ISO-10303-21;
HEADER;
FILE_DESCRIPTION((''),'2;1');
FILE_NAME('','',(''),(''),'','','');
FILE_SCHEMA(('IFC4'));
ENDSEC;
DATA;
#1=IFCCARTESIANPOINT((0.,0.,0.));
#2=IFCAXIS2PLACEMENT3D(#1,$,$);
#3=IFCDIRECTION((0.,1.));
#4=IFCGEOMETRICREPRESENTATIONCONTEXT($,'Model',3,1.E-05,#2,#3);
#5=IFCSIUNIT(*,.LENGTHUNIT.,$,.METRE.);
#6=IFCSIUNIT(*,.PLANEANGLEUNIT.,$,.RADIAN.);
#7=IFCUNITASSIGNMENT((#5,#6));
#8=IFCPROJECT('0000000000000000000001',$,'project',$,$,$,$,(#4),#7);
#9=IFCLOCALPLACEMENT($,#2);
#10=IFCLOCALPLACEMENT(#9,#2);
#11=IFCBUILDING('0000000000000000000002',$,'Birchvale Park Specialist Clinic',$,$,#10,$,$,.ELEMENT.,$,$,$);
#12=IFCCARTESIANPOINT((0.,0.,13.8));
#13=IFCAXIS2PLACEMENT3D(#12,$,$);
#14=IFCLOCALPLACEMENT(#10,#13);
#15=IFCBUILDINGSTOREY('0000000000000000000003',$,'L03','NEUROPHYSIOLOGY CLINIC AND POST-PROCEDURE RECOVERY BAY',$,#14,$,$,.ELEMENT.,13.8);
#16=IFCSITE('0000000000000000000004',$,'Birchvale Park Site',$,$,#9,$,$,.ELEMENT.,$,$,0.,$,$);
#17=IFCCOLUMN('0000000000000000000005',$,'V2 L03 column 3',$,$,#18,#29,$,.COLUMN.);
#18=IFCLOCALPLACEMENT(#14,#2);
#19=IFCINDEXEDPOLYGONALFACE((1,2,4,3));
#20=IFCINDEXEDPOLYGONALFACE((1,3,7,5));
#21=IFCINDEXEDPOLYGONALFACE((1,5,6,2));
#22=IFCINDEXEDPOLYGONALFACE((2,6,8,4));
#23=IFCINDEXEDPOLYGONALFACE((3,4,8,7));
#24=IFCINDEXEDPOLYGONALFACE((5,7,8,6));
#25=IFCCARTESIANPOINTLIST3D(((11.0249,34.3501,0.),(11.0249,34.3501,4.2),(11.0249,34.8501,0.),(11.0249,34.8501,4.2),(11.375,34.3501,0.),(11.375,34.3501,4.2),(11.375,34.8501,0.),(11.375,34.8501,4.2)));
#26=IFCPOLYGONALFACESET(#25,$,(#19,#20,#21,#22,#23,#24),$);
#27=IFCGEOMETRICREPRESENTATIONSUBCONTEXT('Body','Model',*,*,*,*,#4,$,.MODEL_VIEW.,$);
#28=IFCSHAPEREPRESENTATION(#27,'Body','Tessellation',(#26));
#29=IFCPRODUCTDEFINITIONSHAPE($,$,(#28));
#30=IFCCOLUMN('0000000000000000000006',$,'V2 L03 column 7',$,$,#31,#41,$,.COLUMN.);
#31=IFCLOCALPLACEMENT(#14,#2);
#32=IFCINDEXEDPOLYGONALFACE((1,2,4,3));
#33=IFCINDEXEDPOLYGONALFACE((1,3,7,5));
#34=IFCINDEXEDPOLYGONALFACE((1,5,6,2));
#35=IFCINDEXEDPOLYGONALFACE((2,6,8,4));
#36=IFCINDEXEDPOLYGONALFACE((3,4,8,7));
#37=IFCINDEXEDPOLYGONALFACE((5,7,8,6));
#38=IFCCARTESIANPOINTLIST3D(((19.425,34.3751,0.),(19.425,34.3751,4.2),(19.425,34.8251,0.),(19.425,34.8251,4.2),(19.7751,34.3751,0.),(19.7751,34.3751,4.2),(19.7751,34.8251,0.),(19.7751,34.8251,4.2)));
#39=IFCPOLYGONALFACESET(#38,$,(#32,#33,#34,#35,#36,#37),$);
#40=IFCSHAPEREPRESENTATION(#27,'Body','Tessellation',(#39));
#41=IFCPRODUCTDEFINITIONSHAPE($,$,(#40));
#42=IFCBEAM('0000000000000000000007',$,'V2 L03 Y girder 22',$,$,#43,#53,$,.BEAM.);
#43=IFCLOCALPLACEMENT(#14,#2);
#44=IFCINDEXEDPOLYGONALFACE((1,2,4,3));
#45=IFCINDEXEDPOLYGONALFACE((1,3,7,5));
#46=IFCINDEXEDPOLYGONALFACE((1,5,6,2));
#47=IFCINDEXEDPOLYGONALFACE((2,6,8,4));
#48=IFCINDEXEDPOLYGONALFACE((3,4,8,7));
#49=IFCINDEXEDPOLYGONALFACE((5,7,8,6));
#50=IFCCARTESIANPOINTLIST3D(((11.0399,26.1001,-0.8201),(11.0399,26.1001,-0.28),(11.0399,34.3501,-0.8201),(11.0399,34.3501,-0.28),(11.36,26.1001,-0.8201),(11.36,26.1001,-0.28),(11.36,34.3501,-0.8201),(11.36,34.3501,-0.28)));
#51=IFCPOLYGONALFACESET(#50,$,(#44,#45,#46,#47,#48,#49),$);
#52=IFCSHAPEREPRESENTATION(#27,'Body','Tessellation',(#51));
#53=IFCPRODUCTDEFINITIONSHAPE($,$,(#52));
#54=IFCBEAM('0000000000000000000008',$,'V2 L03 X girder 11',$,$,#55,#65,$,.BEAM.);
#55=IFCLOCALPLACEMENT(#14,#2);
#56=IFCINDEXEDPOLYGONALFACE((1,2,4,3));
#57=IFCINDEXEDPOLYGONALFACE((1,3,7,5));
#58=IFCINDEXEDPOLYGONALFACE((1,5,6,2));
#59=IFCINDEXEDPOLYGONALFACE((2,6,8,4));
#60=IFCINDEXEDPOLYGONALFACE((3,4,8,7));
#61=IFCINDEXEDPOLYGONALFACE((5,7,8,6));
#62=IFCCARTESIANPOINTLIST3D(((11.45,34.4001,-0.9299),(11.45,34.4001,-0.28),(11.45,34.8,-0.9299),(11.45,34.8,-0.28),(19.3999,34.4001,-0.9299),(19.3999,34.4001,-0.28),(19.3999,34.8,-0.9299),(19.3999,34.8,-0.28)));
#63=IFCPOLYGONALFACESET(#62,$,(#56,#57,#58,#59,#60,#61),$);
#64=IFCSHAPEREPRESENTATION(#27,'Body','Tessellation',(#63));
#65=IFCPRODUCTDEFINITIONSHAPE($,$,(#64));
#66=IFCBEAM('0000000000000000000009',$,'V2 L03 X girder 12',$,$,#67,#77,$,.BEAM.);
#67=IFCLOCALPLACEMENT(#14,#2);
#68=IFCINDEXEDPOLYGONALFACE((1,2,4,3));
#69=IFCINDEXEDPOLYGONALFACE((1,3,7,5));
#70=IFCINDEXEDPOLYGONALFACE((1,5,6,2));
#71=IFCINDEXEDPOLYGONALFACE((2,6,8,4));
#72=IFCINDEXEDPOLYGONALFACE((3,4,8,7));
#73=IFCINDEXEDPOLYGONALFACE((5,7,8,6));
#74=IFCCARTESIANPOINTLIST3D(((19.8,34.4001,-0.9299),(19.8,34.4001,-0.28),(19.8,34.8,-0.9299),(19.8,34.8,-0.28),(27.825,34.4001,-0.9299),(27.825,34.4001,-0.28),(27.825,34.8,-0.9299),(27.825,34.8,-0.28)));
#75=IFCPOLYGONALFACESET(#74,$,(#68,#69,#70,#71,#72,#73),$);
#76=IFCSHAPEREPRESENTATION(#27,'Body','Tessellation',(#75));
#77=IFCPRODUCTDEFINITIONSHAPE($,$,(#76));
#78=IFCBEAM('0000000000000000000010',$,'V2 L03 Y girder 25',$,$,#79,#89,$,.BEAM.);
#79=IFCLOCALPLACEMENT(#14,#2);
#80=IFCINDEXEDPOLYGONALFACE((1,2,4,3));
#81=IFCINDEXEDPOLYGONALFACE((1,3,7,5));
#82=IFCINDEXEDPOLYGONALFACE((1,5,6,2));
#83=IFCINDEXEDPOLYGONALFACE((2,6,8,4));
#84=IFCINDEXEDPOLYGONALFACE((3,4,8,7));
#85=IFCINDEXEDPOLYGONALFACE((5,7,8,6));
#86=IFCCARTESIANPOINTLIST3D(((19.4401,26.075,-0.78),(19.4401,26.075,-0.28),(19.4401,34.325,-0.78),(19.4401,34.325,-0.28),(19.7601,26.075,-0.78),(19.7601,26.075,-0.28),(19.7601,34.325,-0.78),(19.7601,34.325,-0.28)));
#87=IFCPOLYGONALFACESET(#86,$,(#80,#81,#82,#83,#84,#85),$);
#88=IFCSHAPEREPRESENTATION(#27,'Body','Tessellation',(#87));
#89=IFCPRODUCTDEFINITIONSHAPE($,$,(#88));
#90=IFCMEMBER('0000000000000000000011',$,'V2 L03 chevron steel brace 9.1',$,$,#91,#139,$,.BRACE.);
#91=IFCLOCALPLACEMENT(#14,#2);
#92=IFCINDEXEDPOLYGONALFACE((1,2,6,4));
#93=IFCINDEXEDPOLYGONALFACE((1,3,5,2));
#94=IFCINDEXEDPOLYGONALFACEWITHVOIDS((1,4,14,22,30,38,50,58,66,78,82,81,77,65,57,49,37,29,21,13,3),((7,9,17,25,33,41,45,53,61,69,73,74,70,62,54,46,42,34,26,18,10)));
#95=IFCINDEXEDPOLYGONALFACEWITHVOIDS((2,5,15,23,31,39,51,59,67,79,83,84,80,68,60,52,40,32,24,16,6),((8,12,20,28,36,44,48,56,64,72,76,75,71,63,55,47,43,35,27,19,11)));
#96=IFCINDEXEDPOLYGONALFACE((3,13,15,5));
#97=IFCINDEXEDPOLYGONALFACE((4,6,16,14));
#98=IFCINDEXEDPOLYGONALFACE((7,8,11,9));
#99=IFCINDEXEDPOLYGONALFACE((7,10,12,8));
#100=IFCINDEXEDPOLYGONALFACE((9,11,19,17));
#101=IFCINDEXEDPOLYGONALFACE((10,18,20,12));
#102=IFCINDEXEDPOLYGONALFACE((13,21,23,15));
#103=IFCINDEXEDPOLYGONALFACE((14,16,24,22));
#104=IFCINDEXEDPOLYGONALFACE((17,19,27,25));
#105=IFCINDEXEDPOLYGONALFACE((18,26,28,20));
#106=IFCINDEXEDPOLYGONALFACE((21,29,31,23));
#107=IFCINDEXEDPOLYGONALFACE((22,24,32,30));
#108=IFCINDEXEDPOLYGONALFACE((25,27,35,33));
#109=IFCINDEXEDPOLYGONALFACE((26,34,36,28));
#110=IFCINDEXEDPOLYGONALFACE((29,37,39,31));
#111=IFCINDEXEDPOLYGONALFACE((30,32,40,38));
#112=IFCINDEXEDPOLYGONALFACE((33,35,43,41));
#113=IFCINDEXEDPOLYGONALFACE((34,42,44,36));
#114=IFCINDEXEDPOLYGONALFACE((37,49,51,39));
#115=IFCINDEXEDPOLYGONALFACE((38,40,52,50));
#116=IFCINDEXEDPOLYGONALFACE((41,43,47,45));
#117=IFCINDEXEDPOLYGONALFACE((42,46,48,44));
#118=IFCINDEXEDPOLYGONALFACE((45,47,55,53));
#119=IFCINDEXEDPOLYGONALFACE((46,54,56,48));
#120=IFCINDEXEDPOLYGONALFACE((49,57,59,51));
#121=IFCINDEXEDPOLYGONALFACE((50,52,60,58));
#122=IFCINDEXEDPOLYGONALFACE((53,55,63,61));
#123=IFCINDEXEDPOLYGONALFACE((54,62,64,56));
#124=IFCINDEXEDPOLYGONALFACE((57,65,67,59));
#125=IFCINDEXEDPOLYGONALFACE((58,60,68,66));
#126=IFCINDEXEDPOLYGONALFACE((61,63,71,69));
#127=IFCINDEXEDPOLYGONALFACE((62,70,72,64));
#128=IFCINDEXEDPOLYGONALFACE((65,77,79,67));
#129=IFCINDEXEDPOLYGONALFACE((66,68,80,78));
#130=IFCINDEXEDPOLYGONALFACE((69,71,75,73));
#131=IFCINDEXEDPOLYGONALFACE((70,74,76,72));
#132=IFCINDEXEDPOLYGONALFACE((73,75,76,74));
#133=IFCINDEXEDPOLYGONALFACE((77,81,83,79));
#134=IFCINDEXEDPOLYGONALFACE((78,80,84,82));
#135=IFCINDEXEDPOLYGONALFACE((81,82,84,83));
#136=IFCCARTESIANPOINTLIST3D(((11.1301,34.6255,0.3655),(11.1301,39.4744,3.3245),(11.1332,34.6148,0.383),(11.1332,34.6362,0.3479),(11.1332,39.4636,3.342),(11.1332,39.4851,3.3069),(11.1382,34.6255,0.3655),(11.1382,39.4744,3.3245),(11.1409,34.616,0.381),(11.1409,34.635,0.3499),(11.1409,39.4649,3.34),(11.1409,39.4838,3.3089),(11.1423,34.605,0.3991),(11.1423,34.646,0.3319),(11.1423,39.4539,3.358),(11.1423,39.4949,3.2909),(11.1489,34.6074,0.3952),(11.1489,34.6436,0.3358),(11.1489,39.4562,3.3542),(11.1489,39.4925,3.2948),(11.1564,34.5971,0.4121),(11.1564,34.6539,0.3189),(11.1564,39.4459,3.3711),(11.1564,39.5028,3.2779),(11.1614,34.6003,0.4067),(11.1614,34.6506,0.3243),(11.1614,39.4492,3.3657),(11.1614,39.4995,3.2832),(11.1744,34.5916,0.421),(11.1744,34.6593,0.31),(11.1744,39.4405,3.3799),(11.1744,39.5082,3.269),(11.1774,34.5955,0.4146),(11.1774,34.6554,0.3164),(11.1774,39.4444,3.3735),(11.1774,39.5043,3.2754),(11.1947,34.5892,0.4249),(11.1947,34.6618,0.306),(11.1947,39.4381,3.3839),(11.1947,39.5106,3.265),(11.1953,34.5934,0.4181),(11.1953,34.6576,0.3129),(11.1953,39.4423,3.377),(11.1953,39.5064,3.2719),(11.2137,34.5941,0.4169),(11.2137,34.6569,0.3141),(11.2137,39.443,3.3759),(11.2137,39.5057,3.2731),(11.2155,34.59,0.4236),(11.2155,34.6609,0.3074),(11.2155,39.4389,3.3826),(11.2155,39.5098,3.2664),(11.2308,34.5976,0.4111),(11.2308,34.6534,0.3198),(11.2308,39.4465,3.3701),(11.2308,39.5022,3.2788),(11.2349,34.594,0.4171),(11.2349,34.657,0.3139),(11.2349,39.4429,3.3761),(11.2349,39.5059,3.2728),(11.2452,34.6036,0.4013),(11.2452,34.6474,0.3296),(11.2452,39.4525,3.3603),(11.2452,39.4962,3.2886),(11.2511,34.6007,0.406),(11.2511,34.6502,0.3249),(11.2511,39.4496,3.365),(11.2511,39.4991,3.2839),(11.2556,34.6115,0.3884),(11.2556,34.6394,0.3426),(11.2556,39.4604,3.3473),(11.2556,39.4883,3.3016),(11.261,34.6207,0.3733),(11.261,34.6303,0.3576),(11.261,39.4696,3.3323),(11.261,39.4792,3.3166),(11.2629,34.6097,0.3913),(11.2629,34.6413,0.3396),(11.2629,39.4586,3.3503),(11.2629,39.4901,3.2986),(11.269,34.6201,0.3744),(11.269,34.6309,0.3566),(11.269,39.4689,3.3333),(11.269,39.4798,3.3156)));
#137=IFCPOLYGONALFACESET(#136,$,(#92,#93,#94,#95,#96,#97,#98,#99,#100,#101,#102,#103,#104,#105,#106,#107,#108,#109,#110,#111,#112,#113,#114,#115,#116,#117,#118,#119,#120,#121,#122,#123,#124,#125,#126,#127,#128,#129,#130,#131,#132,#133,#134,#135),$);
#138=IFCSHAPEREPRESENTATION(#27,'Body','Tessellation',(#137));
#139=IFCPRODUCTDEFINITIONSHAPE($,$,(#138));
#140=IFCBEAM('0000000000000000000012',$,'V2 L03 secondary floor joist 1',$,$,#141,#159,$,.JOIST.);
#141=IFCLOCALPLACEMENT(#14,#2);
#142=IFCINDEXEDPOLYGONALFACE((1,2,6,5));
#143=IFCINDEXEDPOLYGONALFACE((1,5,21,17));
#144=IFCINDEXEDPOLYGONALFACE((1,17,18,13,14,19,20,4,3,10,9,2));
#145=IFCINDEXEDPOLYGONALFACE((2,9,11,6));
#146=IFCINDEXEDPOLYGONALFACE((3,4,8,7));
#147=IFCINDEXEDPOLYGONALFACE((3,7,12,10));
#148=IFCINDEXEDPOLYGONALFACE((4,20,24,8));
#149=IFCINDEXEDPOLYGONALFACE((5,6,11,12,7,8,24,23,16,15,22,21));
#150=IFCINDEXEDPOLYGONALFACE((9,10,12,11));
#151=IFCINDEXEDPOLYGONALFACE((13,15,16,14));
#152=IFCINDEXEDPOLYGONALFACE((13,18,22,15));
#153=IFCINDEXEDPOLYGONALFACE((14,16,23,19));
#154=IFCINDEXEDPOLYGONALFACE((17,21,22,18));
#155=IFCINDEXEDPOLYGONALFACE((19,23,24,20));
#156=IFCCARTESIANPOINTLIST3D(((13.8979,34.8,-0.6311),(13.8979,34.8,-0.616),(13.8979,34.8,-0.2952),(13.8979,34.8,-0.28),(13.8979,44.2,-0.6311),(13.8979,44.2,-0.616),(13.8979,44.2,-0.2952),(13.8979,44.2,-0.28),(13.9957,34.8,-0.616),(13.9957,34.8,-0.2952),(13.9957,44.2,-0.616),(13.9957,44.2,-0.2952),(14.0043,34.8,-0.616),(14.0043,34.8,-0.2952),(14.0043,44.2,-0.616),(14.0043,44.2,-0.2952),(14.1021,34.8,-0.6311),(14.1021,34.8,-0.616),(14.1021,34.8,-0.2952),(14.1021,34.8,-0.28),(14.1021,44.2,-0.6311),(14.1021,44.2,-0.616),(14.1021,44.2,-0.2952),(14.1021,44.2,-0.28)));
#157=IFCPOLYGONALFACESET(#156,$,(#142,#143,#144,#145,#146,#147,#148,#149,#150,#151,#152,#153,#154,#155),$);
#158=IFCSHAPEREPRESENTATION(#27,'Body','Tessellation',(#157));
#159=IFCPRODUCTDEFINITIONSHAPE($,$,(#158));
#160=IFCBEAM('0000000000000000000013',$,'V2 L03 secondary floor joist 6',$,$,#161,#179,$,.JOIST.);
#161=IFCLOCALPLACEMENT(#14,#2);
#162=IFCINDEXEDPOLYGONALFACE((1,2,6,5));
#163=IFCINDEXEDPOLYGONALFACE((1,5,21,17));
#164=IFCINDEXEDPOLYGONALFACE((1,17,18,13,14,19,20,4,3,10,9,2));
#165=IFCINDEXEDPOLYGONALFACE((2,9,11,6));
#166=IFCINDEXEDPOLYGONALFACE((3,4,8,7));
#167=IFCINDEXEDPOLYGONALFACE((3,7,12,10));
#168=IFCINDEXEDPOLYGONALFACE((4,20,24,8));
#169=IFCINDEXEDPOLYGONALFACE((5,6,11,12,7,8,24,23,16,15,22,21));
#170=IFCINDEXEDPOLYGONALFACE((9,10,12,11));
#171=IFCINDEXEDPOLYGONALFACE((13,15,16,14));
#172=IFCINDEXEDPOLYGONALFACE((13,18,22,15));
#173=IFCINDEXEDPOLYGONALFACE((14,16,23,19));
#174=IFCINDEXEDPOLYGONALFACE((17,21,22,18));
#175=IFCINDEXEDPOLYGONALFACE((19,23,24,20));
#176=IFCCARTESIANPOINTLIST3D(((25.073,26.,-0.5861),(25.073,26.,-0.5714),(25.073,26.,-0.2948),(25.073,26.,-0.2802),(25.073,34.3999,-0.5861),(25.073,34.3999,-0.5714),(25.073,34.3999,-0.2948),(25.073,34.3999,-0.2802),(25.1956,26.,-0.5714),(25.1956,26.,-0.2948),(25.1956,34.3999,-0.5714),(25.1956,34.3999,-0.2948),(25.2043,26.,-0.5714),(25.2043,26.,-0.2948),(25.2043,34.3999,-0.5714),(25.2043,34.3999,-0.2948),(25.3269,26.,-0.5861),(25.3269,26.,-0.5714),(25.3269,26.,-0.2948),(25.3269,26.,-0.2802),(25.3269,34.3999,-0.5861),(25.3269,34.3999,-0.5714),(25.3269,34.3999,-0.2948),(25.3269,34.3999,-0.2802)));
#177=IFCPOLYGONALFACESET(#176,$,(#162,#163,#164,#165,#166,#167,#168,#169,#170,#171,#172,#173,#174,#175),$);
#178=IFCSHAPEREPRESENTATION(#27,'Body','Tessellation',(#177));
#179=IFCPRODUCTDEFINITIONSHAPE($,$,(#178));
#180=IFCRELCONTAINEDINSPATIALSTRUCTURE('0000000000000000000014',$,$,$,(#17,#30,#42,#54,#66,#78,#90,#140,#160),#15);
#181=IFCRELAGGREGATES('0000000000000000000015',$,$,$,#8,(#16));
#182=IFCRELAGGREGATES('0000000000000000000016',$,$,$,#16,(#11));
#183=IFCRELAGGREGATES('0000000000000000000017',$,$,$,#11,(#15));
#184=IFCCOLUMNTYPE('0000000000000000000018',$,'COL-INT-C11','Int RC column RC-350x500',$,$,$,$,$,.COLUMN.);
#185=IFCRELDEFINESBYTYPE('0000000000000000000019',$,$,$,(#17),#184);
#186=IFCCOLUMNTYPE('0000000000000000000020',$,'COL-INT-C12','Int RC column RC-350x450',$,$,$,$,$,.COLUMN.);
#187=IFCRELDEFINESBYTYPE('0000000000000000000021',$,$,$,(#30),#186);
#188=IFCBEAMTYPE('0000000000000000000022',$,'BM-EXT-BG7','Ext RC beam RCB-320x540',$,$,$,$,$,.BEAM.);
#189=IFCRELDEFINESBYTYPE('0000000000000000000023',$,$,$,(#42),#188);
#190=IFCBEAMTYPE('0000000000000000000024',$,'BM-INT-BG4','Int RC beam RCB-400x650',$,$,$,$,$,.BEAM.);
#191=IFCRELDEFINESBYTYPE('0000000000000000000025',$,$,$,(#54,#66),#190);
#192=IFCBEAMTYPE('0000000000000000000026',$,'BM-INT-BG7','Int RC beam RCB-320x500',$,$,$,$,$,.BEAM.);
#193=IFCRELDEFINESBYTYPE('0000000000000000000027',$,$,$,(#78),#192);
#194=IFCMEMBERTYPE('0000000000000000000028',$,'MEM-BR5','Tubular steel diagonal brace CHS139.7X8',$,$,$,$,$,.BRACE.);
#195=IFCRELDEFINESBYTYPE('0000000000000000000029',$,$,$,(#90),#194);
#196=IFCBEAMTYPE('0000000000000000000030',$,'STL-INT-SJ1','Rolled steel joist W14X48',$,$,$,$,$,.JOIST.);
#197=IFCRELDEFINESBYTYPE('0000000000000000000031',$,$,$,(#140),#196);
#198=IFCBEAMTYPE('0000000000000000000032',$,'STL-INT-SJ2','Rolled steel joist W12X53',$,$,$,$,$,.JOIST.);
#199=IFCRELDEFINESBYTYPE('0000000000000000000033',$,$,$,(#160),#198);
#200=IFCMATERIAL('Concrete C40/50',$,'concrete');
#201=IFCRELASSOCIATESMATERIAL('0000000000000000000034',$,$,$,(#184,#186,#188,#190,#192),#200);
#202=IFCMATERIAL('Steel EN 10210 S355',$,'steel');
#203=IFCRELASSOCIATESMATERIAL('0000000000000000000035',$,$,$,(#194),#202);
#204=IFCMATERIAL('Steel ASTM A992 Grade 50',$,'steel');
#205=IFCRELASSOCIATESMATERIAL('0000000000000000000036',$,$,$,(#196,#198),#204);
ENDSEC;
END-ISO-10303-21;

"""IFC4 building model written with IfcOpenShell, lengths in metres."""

from ifc_helpers import new_model, si_unit, direction, frame, origin, origin_2d, place, context, subcontext, project, spatial, rectangle, hollow_circle, i_section, extrude, material, material_profile, profile_set, type_object, element, save


model = new_model("IFC4")

# Units and contexts
model_context = context("Model", 3, precision=1e-05, world=origin(), true_north=direction((0.0, 1.0)))
body_context = subcontext(model_context, "Body", "Model", "MODEL_VIEW")
ifc_project = project(units=[si_unit("LENGTHUNIT", "METRE"), si_unit("PLANEANGLEUNIT", "RADIAN")], contexts=[model_context])

# Site, building, storey
site_placement = place(None, origin())
site = spatial("IfcSite", under=ifc_project, at=site_placement, Name="Birchvale Park Site", CompositionType="ELEMENT", RefElevation=0.0)
building_placement = place(site_placement, origin())
building = spatial("IfcBuilding", under=site, at=building_placement, Name="Birchvale Park Specialist Clinic", CompositionType="ELEMENT")
storey_placement = place(building_placement, frame((0.0, 0.0, 13.8)))
storey = spatial("IfcBuildingStorey", under=building, at=storey_placement, Name="L03", Description="NEUROPHYSIOLOGY CLINIC AND POST-PROCEDURE RECOVERY BAY", CompositionType="ELEMENT", Elevation=13.8)

# Columns
ifc_material_1 = material(Name="Concrete C40/50", Category="concrete")
ifc_material_profile_1 = material_profile(ifc_material_1, rectangle(XDim=0.3501, YDim=0.5, at=origin_2d()), Name="RC-350x500")
ifc_profile_set_1 = profile_set([ifc_material_profile_1], Name="Concrete C40/50")
column_type_1 = type_object("IfcColumnType", Name="COL-INT-C11", Description="Int RC column RC-350x500", PredefinedType="COLUMN", material=ifc_profile_set_1)
column_1_placement = place(storey_placement, frame((11.2, 34.6001, 0.0), z_axis=(0.0, 0.0, 1.0), x_axis=(1.0, 0.0, 0.0)))
element("IfcColumn", 1, at=column_1_placement, inside=storey, type_object=column_type_1, Name="V2 L03 column 3", PredefinedType="COLUMN", context=body_context, shape_type="SweptSolid", body=[
    extrude(rectangle(XDim=0.3501, YDim=0.5, at=origin_2d()), origin(), (0.0, 0.0, 1.0), 4.2),
])
ifc_material_profile_2 = material_profile(ifc_material_1, rectangle(XDim=0.3501, YDim=0.45, at=origin_2d()), Name="RC-350x450")
ifc_profile_set_2 = profile_set([ifc_material_profile_2], Name="Concrete C40/50")
column_type_2 = type_object("IfcColumnType", Name="COL-INT-C12", Description="Int RC column RC-350x450", PredefinedType="COLUMN", material=ifc_profile_set_2)
column_2_placement = place(storey_placement, frame((19.6001, 34.6001, 0.0), z_axis=(0.0, 0.0, 1.0), x_axis=(1.0, 0.0, 0.0)))
element("IfcColumn", 2, at=column_2_placement, inside=storey, type_object=column_type_2, Name="V2 L03 column 7", PredefinedType="COLUMN", context=body_context, shape_type="SweptSolid", body=[
    extrude(rectangle(XDim=0.3501, YDim=0.45, at=origin_2d()), origin(), (0.0, 0.0, 1.0), 4.2),
])

# Beams
ifc_material_profile_3 = material_profile(ifc_material_1, rectangle(XDim=0.3201, YDim=0.54, at=origin_2d()), Name="RCB-320x540")
ifc_profile_set_3 = profile_set([ifc_material_profile_3], Name="Concrete C40/50")
beam_type_1 = type_object("IfcBeamType", Name="BM-EXT-BG7", Description="Ext RC beam RCB-320x540", PredefinedType="BEAM", material=ifc_profile_set_3)
beam_1_placement = place(storey_placement, frame((11.2, 26.1001, -0.55), z_axis=(0.0, 1.0, 0.0), x_axis=(-1.0, 0.0, 0.0)))
element("IfcBeam", 3, at=beam_1_placement, inside=storey, type_object=beam_type_1, Name="V2 L03 Y girder 22", PredefinedType="BEAM", context=body_context, shape_type="SweptSolid", body=[
    extrude(rectangle(XDim=0.3201, YDim=0.54, at=origin_2d()), origin(), (0.0, 0.0, 1.0), 8.25),
])
ifc_material_profile_4 = material_profile(ifc_material_1, rectangle(XDim=0.3999, YDim=0.6499, at=origin_2d()), Name="RCB-400x650")
ifc_profile_set_4 = profile_set([ifc_material_profile_4], Name="Concrete C40/50")
beam_type_2 = type_object("IfcBeamType", Name="BM-INT-BG4", Description="Int RC beam RCB-400x650", PredefinedType="BEAM", material=ifc_profile_set_4)
beam_2_placement = place(storey_placement, frame((11.45, 34.6001, -0.605), z_axis=(1.0, 0.0, 0.0), x_axis=(0.0, 1.0, 0.0)))
element("IfcBeam", 4, at=beam_2_placement, inside=storey, type_object=beam_type_2, Name="V2 L03 X girder 11", PredefinedType="BEAM", context=body_context, shape_type="SweptSolid", body=[
    extrude(rectangle(XDim=0.3999, YDim=0.6499, at=origin_2d()), origin(), (0.0, 0.0, 1.0), 7.95),
])
beam_3_placement = place(storey_placement, frame((19.8, 34.6001, -0.605), z_axis=(1.0, 0.0, 0.0), x_axis=(0.0, 1.0, 0.0)))
element("IfcBeam", 5, at=beam_3_placement, inside=storey, type_object=beam_type_2, Name="V2 L03 X girder 12", PredefinedType="BEAM", context=body_context, shape_type="SweptSolid", body=[
    extrude(rectangle(XDim=0.3999, YDim=0.6499, at=origin_2d()), origin(), (0.0, 0.0, 1.0), 8.0249),
])
ifc_material_profile_5 = material_profile(ifc_material_1, rectangle(XDim=0.3201, YDim=0.5, at=origin_2d()), Name="RCB-320x500")
ifc_profile_set_5 = profile_set([ifc_material_profile_5], Name="Concrete C40/50")
beam_type_3 = type_object("IfcBeamType", Name="BM-INT-BG7", Description="Int RC beam RCB-320x500", PredefinedType="BEAM", material=ifc_profile_set_5)
beam_4_placement = place(storey_placement, frame((19.6001, 26.075, -0.53), z_axis=(0.0, 1.0, 0.0), x_axis=(-1.0, 0.0, 0.0)))
element("IfcBeam", 6, at=beam_4_placement, inside=storey, type_object=beam_type_3, Name="V2 L03 Y girder 25", PredefinedType="BEAM", context=body_context, shape_type="SweptSolid", body=[
    extrude(rectangle(XDim=0.3201, YDim=0.5, at=origin_2d()), origin(), (0.0, 0.0, 1.0), 8.25),
])

# Member
ifc_material_2 = material(Name="Steel EN 10210 S355", Category="steel")
ifc_material_profile_6 = material_profile(ifc_material_2, hollow_circle(Radius=0.0698, WallThickness=0.0081, at=origin_2d()), Name="CHS139.7X8")
ifc_profile_set_6 = profile_set([ifc_material_profile_6], Name="Steel EN 10210 S355")
member_type = type_object("IfcMemberType", Name="MEM-BR5", Description="Tubular steel diagonal brace CHS139.7X8", PredefinedType="BRACE", material=ifc_profile_set_6)
member_placement = place(storey_placement, frame((11.2, 34.6255, 0.3655), z_axis=(0.0, 0.853612, 0.520909), x_axis=(-1.0, 0.0, 0.0)))
element("IfcMember", 7, at=member_placement, inside=storey, type_object=member_type, Name="V2 L03 chevron steel brace 9.1", PredefinedType="BRACE", context=body_context, shape_type="SweptSolid", body=[
    extrude(hollow_circle(Radius=0.0698, WallThickness=0.0081, at=origin_2d()), origin(), (0.0, 0.0, 1.0), 5.6804),
])

# Beams
ifc_material_3 = material(Name="Steel ASTM A992 Grade 50", Category="steel")
ifc_material_profile_7 = material_profile(ifc_material_3, i_section(OverallWidth=0.2041, OverallDepth=0.3511, WebThickness=0.0085, FlangeThickness=0.0151, at=origin_2d()), Name="W14X48")
ifc_profile_set_7 = profile_set([ifc_material_profile_7], Name="Steel ASTM A992 Grade 50")
beam_type_4 = type_object("IfcBeamType", Name="STL-INT-SJ1", Description="Rolled steel joist W14X48", PredefinedType="JOIST", material=ifc_profile_set_7)
beam_5_placement = place(storey_placement, frame((14.0, 34.8, -0.4556), z_axis=(0.0, 1.0, 0.0), x_axis=(-1.0, 0.0, 0.0)))
element("IfcBeam", 8, at=beam_5_placement, inside=storey, type_object=beam_type_4, Name="V2 L03 secondary floor joist 1", PredefinedType="JOIST", context=body_context, shape_type="SweptSolid", body=[
    extrude(i_section(OverallWidth=0.2041, OverallDepth=0.3511, WebThickness=0.0085, FlangeThickness=0.0151, at=origin_2d()), origin(), (0.0, 0.0, 1.0), 9.3999),
])
ifc_material_profile_8 = material_profile(ifc_material_3, i_section(OverallWidth=0.2539, OverallDepth=0.3059, WebThickness=0.0088, FlangeThickness=0.0146, at=origin_2d()), Name="W12X53")
ifc_profile_set_8 = profile_set([ifc_material_profile_8], Name="Steel ASTM A992 Grade 50")
beam_type_5 = type_object("IfcBeamType", Name="STL-INT-SJ2", Description="Rolled steel joist W12X53", PredefinedType="JOIST", material=ifc_profile_set_8)
beam_6_placement = place(storey_placement, frame((25.2, 26.0, -0.4331), z_axis=(0.0, 1.0, 0.0), x_axis=(-1.0, 0.0, 0.0)))
element("IfcBeam", 9, at=beam_6_placement, inside=storey, type_object=beam_type_5, Name="V2 L03 secondary floor joist 6", PredefinedType="JOIST", context=body_context, shape_type="SweptSolid", body=[
    extrude(i_section(OverallWidth=0.2539, OverallDepth=0.3059, WebThickness=0.0088, FlangeThickness=0.0146, at=origin_2d()), origin(), (0.0, 0.0, 1.0), 8.3999),
])

save(model, "model.ifc")
